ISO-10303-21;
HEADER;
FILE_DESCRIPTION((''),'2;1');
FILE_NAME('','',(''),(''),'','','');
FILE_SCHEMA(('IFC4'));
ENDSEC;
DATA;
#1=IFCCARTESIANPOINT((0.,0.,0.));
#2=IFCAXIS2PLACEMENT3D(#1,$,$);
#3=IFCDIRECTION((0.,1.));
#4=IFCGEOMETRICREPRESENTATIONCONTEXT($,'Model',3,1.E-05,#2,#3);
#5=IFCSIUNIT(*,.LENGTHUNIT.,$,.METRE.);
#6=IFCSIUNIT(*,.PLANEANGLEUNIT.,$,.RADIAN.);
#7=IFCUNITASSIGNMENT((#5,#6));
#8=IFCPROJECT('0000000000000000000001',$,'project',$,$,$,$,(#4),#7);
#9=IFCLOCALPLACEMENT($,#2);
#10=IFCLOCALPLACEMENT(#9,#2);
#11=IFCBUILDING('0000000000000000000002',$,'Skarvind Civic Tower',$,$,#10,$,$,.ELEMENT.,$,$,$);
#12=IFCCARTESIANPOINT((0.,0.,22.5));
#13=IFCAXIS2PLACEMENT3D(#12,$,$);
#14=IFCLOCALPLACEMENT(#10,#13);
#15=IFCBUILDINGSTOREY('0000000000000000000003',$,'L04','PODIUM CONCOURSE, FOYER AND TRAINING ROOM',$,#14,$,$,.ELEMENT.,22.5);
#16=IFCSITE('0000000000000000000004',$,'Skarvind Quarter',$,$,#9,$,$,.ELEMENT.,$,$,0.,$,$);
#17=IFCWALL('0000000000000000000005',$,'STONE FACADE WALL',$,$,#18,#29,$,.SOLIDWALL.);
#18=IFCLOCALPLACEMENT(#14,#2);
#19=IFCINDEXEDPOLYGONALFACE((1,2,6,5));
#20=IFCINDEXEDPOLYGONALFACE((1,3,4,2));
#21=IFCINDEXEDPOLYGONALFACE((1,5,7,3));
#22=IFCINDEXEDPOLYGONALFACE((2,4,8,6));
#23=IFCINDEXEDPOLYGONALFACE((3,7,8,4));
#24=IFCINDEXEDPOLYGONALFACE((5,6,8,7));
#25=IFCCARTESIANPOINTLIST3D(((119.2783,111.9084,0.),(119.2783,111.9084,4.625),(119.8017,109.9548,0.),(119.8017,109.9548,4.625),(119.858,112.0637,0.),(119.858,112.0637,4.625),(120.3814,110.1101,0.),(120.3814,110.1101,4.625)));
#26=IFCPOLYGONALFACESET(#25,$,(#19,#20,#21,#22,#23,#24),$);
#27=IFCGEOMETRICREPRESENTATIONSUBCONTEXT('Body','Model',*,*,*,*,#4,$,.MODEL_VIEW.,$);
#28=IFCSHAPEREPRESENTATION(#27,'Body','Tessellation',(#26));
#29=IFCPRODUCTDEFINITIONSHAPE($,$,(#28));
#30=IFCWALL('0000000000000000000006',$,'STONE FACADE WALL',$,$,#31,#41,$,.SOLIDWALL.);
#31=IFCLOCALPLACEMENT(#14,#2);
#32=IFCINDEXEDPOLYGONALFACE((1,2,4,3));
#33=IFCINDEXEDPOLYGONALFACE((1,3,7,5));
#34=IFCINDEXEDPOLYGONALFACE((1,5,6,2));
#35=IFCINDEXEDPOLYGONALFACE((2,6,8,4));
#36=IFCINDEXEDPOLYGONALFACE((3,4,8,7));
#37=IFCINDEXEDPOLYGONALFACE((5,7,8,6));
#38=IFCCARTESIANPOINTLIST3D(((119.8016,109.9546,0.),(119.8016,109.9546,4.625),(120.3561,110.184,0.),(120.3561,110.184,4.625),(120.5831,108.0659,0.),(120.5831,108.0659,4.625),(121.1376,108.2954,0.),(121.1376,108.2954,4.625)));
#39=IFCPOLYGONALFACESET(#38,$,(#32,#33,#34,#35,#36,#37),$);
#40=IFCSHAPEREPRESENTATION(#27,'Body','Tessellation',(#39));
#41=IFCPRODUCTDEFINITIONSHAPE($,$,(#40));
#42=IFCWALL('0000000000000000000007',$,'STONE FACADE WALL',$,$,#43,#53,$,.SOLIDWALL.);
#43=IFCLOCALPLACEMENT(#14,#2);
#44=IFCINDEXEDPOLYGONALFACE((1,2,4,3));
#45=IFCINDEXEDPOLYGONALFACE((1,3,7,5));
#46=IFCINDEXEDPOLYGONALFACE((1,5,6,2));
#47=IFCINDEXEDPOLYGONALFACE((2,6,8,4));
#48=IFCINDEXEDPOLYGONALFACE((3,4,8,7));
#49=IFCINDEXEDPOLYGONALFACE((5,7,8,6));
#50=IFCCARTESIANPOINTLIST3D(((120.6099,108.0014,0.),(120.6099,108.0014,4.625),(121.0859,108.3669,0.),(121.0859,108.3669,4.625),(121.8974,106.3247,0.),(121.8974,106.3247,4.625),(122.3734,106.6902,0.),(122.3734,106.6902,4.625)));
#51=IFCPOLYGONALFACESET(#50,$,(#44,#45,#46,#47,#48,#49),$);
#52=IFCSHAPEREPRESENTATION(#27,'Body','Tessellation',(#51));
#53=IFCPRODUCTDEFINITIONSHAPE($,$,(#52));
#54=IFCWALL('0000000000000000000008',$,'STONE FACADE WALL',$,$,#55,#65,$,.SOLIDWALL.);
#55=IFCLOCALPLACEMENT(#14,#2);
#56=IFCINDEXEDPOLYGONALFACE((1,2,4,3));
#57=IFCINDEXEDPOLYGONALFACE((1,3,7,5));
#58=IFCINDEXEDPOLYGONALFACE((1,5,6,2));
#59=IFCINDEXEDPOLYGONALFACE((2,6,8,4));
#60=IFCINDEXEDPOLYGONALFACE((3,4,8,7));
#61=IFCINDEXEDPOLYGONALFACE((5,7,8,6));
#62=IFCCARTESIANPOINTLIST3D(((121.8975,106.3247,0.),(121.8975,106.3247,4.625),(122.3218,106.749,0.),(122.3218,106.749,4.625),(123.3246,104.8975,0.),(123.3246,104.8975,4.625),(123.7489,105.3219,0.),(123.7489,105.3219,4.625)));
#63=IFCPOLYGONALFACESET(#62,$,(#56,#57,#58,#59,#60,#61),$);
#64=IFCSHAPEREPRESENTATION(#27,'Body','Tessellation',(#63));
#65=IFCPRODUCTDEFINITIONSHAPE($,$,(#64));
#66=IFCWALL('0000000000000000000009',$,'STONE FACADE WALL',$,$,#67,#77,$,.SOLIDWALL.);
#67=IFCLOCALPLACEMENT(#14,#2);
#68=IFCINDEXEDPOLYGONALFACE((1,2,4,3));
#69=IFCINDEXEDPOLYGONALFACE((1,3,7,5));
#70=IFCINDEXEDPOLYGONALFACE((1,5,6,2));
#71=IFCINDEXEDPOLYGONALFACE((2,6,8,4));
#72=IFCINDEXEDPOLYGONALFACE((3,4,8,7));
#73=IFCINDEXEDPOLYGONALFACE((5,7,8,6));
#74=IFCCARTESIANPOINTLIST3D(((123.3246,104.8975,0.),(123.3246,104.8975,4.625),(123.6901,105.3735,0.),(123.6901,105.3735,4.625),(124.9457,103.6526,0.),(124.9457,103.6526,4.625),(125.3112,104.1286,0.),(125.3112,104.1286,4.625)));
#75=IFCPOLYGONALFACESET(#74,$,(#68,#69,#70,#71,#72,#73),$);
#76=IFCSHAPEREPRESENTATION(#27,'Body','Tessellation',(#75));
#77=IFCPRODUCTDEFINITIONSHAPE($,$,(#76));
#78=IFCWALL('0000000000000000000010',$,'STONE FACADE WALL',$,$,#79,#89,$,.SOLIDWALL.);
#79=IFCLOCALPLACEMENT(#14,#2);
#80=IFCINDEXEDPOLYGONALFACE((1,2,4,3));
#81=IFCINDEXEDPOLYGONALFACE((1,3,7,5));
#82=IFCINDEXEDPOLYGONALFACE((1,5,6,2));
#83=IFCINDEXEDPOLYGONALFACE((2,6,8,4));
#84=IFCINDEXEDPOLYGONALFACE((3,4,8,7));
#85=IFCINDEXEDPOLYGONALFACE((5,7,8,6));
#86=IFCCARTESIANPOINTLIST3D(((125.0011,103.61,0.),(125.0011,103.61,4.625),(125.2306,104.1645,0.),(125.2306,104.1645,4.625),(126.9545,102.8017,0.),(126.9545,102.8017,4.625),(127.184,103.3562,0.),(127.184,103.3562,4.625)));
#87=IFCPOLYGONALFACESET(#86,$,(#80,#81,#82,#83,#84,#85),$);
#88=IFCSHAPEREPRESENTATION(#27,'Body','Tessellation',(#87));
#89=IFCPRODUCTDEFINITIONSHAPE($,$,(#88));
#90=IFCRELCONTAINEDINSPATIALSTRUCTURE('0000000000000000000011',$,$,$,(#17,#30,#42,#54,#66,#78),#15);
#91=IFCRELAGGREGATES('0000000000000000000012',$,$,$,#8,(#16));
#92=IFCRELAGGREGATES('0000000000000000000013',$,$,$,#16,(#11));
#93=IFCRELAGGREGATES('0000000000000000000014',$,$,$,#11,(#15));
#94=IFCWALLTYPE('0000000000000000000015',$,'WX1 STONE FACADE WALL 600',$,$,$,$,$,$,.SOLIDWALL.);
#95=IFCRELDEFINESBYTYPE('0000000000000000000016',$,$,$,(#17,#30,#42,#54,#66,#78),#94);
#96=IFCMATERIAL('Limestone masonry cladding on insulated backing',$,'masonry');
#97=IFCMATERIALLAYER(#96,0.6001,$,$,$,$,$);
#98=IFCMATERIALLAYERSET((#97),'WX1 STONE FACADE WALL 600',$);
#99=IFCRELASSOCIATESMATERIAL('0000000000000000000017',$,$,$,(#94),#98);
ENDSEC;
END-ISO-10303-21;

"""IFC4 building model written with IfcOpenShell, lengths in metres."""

from ifc_helpers import new_model, si_unit, direction, frame, frame_2d, origin, place, context, subcontext, project, spatial, rectangle, extrude, material, layer, layer_set, type_object, element, save


model = new_model("IFC4")

# Units and contexts
model_context = context("Model", 3, precision=1e-05, world=origin(), true_north=direction((0.0, 1.0)))
body_context = subcontext(model_context, "Body", "Model", "MODEL_VIEW")
ifc_project = project(units=[si_unit("LENGTHUNIT", "METRE"), si_unit("PLANEANGLEUNIT", "RADIAN")], contexts=[model_context])

# Site, building, storey
site_placement = place(None, origin())
site = spatial("IfcSite", under=ifc_project, at=site_placement, Name="Skarvind Quarter", CompositionType="ELEMENT", RefElevation=0.0)
building_placement = place(site_placement, origin())
building = spatial("IfcBuilding", under=site, at=building_placement, Name="Skarvind Civic Tower", CompositionType="ELEMENT")
storey_placement = place(building_placement, frame((0.0, 0.0, 22.5)))
storey = spatial("IfcBuildingStorey", under=building, at=storey_placement, Name="L04", Description="PODIUM CONCOURSE, FOYER AND TRAINING ROOM", CompositionType="ELEMENT", Elevation=22.5)

# Walls
ifc_material_1 = material(Name="Limestone masonry cladding on insulated backing", Category="masonry")
ifc_layer_1 = layer(ifc_material_1, 0.6001)
ifc_layer_set_1 = layer_set([ifc_layer_1], Name="WX1 STONE FACADE WALL 600")
wall_type_1 = type_object("IfcWallType", Name="WX1 STONE FACADE WALL 600", PredefinedType="SOLIDWALL", material=ifc_layer_set_1)
wall_1_placement = place(storey_placement, frame((120.0916, 110.0325, 0.0), z_axis=(0.0, 0.0, 1.0), x_axis=(-0.258804, 0.96593, 0.0)))
element("IfcWall", 1, at=wall_1_placement, inside=storey, type_object=wall_type_1, Name="STONE FACADE WALL", PredefinedType="SOLIDWALL", context=body_context, shape_type="SweptSolid", body=[
    extrude(rectangle(XDim=2.0225, YDim=0.6001, at=frame_2d((1.0112, 0.0))), origin(), (0.0, 0.0, 1.0), 4.625),
])
wall_2_placement = place(storey_placement, frame((120.8604, 108.1807, 0.0), z_axis=(0.0, 0.0, 1.0), x_axis=(-0.382341, 0.924021, 0.0)))
element("IfcWall", 2, at=wall_2_placement, inside=storey, type_object=wall_type_1, Name="STONE FACADE WALL", PredefinedType="SOLIDWALL", context=body_context, shape_type="SweptSolid", body=[
    extrude(rectangle(XDim=2.0439, YDim=0.6001, at=frame_2d((1.022, 0.0))), origin(), (0.0, 0.0, 1.0), 4.625),
])
wall_3_placement = place(storey_placement, frame((122.1355, 106.5073, 0.0), z_axis=(0.0, 0.0, 1.0), x_axis=(-0.609052, 0.79313, 0.0)))
element("IfcWall", 3, at=wall_3_placement, inside=storey, type_object=wall_type_1, Name="STONE FACADE WALL", PredefinedType="SOLIDWALL", context=body_context, shape_type="SweptSolid", body=[
    extrude(rectangle(XDim=2.114, YDim=0.6001, at=frame_2d((1.0571, 0.0))), origin(), (0.0, 0.0, 1.0), 4.625),
])
wall_4_placement = place(storey_placement, frame((123.5369, 105.1096, 0.0), z_axis=(0.0, 0.0, 1.0), x_axis=(-0.707107, 0.707107, 0.0)))
element("IfcWall", 4, at=wall_4_placement, inside=storey, type_object=wall_type_1, Name="STONE FACADE WALL", PredefinedType="SOLIDWALL", context=body_context, shape_type="SweptSolid", body=[
    extrude(rectangle(XDim=2.0183, YDim=0.6001, at=frame_2d((1.0093, 0.0))), origin(), (0.0, 0.0, 1.0), 4.625),
])
wall_5_placement = place(storey_placement, frame((125.1284, 103.8906, 0.0), z_axis=(0.0, 0.0, 1.0), x_axis=(-0.793125, 0.609058, 0.0)))
element("IfcWall", 5, at=wall_5_placement, inside=storey, type_object=wall_type_1, Name="STONE FACADE WALL", PredefinedType="SOLIDWALL", context=body_context, shape_type="SweptSolid", body=[
    extrude(rectangle(XDim=2.0439, YDim=0.6001, at=frame_2d((1.022, 0.0))), origin(), (0.0, 0.0, 1.0), 4.625),
])
wall_6_placement = place(storey_placement, frame((127.0693, 103.0789, 0.0), z_axis=(0.0, 0.0, 1.0), x_axis=(-0.924007, 0.382376, 0.0)))
element("IfcWall", 6, at=wall_6_placement, inside=storey, type_object=wall_type_1, Name="STONE FACADE WALL", PredefinedType="SOLIDWALL", context=body_context, shape_type="SweptSolid", body=[
    extrude(rectangle(XDim=2.114, YDim=0.6001, at=frame_2d((1.0571, 0.0))), origin(), (0.0, 0.0, 1.0), 4.625),
])

save(model, "model.ifc")
